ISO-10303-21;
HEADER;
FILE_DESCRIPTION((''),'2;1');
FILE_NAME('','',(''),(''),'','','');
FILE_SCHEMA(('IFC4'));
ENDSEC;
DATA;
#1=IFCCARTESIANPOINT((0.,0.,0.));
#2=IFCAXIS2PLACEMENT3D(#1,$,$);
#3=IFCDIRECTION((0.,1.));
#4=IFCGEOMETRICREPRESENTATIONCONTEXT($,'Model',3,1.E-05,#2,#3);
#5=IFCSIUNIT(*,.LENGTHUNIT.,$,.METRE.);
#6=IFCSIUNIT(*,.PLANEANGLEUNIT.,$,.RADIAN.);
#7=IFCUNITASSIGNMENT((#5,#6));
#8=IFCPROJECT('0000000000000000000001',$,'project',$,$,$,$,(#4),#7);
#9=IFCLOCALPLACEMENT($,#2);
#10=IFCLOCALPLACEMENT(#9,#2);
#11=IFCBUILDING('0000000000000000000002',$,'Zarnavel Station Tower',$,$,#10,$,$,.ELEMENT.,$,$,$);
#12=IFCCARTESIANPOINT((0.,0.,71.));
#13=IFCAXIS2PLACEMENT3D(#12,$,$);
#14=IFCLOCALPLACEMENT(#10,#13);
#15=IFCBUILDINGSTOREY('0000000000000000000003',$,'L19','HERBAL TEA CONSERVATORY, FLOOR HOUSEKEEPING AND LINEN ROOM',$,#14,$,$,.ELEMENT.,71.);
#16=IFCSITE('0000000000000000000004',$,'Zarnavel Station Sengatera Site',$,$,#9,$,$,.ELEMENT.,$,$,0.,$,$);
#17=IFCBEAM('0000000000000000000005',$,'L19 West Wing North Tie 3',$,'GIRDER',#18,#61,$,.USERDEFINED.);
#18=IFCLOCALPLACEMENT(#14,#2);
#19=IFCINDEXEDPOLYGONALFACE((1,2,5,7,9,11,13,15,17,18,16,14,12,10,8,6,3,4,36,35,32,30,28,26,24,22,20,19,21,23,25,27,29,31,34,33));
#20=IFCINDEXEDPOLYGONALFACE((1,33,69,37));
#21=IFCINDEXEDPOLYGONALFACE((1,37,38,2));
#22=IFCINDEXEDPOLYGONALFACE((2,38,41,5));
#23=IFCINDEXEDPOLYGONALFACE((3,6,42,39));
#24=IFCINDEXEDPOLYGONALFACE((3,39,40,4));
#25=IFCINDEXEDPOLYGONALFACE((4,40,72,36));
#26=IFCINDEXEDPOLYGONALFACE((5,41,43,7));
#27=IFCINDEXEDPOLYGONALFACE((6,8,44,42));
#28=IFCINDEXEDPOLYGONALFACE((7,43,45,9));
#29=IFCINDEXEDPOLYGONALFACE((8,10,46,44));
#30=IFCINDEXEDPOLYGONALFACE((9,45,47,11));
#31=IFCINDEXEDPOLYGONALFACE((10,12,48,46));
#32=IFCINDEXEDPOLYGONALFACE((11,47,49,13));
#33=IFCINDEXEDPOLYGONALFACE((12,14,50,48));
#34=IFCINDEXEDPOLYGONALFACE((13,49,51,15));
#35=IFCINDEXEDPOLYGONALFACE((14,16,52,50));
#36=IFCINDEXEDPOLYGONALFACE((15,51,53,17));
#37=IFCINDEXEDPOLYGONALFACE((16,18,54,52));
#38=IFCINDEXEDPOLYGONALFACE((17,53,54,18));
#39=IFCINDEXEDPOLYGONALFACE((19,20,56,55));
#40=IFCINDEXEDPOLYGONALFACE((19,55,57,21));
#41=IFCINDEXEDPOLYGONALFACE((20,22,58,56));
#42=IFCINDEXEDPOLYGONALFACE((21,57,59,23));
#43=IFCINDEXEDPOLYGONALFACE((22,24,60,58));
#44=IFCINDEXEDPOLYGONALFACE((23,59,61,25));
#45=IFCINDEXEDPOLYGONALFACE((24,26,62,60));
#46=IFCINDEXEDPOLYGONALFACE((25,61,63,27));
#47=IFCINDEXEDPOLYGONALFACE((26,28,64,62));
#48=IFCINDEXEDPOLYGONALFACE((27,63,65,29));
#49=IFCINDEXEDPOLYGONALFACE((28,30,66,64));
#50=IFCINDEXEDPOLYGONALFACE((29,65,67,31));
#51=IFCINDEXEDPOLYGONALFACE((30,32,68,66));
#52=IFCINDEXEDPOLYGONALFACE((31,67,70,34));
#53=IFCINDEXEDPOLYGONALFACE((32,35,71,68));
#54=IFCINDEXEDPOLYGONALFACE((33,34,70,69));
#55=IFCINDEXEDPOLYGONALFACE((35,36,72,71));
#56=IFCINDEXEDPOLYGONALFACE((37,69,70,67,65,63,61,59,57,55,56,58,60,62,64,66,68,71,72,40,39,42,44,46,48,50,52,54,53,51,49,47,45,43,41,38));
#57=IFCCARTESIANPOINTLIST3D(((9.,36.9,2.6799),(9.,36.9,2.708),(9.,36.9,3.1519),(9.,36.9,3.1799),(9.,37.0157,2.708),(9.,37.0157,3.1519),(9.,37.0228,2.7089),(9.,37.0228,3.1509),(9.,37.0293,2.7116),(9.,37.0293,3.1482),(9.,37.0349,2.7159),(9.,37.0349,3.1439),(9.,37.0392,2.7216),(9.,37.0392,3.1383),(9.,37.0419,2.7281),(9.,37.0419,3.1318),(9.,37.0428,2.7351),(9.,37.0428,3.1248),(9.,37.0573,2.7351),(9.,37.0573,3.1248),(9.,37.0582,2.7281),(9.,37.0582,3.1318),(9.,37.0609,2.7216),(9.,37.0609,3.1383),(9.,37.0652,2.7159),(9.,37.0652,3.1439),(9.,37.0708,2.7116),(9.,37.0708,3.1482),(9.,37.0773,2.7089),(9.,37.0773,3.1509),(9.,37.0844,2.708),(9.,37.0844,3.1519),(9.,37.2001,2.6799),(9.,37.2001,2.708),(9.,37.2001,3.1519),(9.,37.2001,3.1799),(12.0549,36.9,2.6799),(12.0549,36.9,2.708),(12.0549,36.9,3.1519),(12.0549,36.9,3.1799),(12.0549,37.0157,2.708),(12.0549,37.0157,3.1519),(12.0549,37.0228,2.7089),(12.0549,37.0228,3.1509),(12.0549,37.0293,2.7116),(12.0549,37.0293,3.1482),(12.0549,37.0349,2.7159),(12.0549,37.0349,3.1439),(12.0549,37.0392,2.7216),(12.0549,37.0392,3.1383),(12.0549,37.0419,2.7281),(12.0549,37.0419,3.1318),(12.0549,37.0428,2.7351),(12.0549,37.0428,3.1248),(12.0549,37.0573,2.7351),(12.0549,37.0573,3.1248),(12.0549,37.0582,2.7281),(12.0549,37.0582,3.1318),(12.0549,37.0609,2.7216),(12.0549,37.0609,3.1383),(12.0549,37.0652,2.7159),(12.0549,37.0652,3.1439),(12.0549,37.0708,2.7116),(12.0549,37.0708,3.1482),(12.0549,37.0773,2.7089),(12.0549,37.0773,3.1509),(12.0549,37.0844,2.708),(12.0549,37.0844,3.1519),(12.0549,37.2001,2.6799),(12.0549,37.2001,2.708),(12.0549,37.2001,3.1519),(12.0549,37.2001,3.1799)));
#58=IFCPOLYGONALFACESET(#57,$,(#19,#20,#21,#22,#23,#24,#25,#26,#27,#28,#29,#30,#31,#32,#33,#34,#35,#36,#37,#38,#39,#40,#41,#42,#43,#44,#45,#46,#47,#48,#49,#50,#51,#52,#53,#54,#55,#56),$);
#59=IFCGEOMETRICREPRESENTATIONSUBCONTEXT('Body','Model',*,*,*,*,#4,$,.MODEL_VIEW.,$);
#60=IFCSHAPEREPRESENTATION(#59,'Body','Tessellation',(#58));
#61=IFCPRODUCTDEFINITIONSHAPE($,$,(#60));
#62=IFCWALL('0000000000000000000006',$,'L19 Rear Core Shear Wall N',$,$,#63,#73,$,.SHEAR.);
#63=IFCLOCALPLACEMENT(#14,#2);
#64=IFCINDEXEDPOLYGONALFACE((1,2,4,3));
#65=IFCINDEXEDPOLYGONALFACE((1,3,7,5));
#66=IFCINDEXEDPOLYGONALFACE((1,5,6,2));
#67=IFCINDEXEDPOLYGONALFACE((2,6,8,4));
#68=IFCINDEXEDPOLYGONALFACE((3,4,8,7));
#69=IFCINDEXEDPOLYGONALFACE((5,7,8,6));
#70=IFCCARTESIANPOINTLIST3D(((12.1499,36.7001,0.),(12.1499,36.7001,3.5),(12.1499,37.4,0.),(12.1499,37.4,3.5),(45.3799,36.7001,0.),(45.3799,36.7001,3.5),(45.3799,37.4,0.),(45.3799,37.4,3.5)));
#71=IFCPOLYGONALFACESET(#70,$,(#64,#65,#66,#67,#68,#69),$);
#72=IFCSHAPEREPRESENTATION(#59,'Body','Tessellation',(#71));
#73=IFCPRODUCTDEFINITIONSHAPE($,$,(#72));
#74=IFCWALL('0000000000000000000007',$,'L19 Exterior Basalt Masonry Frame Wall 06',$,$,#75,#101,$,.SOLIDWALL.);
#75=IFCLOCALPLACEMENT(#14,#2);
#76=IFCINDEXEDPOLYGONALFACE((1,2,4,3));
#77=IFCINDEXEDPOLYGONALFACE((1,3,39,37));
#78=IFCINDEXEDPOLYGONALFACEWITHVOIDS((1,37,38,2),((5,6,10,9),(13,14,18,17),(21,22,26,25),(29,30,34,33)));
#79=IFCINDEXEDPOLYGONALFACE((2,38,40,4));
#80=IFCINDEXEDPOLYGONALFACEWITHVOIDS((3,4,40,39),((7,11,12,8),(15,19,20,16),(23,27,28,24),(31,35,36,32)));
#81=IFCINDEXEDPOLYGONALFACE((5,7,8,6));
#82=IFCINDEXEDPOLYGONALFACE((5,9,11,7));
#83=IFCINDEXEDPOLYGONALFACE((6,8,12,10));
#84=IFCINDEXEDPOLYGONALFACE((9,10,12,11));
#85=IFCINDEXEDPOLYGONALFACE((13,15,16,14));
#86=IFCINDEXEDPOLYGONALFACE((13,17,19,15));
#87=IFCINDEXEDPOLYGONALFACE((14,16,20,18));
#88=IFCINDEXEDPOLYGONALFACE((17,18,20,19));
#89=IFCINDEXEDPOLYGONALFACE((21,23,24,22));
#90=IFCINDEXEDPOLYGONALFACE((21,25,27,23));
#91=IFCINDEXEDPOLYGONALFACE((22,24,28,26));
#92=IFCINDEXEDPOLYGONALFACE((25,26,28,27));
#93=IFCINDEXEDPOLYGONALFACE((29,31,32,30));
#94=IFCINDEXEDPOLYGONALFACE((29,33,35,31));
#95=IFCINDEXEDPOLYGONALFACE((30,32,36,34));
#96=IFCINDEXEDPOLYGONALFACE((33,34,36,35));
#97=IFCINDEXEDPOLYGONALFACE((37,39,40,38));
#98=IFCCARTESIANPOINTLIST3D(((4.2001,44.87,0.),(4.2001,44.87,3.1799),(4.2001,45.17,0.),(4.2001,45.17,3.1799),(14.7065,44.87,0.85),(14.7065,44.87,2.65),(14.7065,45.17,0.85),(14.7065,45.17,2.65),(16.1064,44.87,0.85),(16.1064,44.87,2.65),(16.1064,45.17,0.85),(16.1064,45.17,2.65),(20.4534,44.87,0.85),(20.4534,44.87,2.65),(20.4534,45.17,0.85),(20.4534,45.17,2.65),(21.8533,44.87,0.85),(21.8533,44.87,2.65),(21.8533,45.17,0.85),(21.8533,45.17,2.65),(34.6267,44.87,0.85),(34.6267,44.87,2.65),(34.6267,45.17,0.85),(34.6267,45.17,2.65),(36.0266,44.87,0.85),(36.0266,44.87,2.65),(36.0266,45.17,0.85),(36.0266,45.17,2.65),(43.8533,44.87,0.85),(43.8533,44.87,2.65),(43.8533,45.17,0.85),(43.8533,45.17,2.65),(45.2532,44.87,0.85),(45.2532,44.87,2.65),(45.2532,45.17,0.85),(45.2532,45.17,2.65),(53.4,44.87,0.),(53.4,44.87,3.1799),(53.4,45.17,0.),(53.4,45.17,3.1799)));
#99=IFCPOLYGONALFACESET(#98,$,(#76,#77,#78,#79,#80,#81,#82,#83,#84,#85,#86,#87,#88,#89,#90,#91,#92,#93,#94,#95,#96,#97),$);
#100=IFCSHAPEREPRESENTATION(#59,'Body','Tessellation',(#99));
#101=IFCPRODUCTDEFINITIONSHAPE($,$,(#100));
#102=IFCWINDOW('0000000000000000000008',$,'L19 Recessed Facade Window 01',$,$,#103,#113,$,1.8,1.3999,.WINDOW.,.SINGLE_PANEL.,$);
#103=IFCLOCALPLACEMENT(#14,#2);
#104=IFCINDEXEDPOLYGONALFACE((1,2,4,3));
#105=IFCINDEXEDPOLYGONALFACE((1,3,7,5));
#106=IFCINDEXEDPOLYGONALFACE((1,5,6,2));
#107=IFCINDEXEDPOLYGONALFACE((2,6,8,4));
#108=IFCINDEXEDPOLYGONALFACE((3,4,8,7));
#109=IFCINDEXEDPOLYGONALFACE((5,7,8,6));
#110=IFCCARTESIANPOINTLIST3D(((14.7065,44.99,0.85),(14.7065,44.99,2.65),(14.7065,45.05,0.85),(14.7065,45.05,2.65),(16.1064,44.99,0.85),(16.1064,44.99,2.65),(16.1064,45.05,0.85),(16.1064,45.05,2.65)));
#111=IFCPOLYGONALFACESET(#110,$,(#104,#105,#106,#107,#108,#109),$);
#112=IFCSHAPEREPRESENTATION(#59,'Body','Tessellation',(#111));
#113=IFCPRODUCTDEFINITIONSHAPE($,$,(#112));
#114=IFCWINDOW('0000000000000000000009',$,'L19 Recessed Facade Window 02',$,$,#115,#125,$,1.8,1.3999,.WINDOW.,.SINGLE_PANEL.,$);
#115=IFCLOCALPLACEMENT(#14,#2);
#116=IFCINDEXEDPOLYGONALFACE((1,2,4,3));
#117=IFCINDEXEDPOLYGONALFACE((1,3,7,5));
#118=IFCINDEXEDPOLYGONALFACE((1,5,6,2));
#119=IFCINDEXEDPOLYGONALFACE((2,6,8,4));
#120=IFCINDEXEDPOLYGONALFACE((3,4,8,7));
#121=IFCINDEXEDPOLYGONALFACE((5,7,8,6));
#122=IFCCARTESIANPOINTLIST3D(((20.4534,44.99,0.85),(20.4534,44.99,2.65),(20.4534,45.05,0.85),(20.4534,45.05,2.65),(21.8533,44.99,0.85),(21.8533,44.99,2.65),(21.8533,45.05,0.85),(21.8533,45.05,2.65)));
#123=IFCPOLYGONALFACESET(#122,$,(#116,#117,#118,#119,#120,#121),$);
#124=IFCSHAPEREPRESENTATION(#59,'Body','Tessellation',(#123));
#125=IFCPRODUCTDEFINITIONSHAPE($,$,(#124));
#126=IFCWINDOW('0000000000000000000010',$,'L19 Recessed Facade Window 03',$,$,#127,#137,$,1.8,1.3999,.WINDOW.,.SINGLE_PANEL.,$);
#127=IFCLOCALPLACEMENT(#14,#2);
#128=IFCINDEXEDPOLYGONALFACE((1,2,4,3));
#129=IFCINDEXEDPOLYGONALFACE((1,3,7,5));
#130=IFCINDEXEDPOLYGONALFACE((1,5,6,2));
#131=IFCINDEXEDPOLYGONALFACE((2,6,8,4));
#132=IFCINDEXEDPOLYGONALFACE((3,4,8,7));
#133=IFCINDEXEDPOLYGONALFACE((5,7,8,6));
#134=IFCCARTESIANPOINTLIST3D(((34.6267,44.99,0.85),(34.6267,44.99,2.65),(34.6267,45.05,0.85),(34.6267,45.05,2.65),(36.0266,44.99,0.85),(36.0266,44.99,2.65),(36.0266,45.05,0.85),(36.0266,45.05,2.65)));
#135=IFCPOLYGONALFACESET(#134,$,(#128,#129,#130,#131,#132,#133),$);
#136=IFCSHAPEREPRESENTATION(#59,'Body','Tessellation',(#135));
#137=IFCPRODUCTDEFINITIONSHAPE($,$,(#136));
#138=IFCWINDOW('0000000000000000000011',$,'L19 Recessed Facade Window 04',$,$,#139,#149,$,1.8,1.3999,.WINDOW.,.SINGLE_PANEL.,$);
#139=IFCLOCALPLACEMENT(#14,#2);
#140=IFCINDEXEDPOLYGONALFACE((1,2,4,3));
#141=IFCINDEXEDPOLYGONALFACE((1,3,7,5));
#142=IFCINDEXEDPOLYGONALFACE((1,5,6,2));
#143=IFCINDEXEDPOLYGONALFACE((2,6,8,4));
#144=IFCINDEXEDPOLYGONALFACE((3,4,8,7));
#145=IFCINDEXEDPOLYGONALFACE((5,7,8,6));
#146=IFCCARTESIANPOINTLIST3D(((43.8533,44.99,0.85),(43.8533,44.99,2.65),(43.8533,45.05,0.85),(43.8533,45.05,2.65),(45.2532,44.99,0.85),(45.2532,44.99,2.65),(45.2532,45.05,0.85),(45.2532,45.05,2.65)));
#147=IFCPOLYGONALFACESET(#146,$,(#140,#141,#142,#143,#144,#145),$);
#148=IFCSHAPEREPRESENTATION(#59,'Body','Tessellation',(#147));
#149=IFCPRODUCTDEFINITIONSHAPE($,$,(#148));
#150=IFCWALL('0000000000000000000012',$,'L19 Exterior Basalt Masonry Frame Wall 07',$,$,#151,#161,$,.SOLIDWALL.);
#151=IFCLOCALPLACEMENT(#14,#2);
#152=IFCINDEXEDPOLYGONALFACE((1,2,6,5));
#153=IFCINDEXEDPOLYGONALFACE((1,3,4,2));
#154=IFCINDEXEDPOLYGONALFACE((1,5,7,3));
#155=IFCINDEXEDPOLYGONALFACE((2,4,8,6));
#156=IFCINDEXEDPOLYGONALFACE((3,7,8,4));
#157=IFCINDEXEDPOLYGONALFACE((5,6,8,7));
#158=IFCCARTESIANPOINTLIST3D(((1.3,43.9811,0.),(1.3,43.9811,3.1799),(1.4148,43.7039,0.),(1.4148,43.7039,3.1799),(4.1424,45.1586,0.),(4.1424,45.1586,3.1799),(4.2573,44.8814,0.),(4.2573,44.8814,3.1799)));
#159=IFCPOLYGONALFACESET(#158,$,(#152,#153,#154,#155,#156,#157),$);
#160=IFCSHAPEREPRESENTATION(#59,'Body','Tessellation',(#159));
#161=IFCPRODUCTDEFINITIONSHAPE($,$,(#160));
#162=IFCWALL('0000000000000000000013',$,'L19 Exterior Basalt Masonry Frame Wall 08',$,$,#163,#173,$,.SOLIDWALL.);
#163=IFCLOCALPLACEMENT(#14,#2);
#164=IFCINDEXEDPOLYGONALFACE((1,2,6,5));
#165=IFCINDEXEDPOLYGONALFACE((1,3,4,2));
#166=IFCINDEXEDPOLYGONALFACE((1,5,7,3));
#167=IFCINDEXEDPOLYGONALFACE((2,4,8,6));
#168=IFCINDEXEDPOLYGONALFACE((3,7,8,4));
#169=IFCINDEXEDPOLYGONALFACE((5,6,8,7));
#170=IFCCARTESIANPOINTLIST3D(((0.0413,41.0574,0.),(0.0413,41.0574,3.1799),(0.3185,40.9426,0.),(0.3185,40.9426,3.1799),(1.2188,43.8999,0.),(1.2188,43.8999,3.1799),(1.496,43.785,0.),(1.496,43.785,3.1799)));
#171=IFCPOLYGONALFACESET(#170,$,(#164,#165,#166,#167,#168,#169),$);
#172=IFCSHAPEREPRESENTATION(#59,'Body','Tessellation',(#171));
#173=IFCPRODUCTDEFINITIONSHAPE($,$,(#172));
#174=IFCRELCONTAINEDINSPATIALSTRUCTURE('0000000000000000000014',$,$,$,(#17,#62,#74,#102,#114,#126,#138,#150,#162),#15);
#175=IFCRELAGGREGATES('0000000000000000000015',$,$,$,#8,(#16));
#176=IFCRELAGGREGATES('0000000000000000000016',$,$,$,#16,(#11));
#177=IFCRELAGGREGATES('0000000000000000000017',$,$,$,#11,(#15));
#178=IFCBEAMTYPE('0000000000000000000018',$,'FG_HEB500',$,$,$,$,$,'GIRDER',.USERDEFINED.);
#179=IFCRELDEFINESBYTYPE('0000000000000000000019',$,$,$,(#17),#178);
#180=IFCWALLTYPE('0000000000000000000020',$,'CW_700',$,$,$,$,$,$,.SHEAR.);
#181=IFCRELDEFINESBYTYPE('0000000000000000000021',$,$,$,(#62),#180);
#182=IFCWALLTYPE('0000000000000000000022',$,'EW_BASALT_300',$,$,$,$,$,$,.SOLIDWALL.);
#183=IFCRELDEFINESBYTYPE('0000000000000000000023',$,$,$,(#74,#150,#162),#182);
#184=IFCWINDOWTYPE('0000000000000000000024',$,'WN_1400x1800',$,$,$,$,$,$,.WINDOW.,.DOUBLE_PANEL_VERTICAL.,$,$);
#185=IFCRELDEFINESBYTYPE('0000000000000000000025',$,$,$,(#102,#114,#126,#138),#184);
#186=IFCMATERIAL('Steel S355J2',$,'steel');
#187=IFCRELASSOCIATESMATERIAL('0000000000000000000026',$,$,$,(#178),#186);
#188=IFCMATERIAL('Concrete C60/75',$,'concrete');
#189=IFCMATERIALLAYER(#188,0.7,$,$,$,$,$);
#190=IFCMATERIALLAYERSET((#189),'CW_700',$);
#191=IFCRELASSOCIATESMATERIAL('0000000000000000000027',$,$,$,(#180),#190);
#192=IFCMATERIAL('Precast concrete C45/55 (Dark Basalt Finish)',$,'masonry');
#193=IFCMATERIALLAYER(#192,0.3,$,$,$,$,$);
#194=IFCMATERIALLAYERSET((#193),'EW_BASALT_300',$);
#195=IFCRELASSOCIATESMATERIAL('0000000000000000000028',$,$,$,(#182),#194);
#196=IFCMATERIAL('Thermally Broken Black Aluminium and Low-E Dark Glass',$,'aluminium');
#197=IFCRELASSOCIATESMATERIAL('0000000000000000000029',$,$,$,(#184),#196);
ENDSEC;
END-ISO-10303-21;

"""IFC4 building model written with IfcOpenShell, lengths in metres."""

from ifc_helpers import new_model, si_unit, direction, frame, frame_2d, origin, origin_2d, place, context, subcontext, project, spatial, rectangle, i_section, extrude, material, layer, layer_set, material_profile, profile_set, type_object, element, fill, save


model = new_model("IFC4")

# Units and contexts
model_context = context("Model", 3, precision=1e-05, world=origin(), true_north=direction((0.0, 1.0)))
body_context = subcontext(model_context, "Body", "Model", "MODEL_VIEW")
ifc_project = project(units=[si_unit("LENGTHUNIT", "METRE"), si_unit("PLANEANGLEUNIT", "RADIAN")], contexts=[model_context])

# Site, building, storey
site_placement = place(None, origin())
site = spatial("IfcSite", under=ifc_project, at=site_placement, Name="Zarnavel Station Sengatera Site", CompositionType="ELEMENT", RefElevation=0.0)
building_placement = place(site_placement, origin())
building = spatial("IfcBuilding", under=site, at=building_placement, Name="Zarnavel Station Tower", CompositionType="ELEMENT")
storey_placement = place(building_placement, frame((0.0, 0.0, 71.0)))
storey = spatial("IfcBuildingStorey", under=building, at=storey_placement, Name="L19", Description="HERBAL TEA CONSERVATORY, FLOOR HOUSEKEEPING AND LINEN ROOM", CompositionType="ELEMENT", Elevation=71.0)

# Beam
ifc_material_1 = material(Name="Steel S355J2", Category="steel")
ifc_material_profile_1 = material_profile(ifc_material_1, i_section(OverallWidth=0.3, OverallDepth=0.5, WebThickness=0.0144, FlangeThickness=0.0281, FilletRadius=0.0271, at=origin_2d()), Name="HEB500")
ifc_profile_set_1 = profile_set([ifc_material_profile_1], Name="Steel S355J2")
beam_type = type_object("IfcBeamType", Name="FG_HEB500", ElementType="GIRDER", PredefinedType="USERDEFINED", material=ifc_profile_set_1)
beam_1_placement = place(storey_placement, frame((9.0, 37.05, 2.9299), z_axis=(1.0, 0.0, 0.0), x_axis=(0.0, 1.0, 0.0)))
element("IfcBeam", 1, at=beam_1_placement, inside=storey, type_object=beam_type, Name="L19 West Wing North Tie 3", ObjectType="GIRDER", PredefinedType="USERDEFINED", context=body_context, shape_type="SweptSolid", body=[
    extrude(i_section(OverallWidth=0.3, OverallDepth=0.5, WebThickness=0.0144, FlangeThickness=0.0281, FilletRadius=0.0271, at=origin_2d()), origin(), (0.0, 0.0, 1.0), 3.0549),
])

# Wall
ifc_material_2 = material(Name="Concrete C60/75", Category="concrete")
ifc_layer_1 = layer(ifc_material_2, 0.7)
ifc_layer_set_1 = layer_set([ifc_layer_1], Name="CW_700")
wall_type_1 = type_object("IfcWallType", Name="CW_700", PredefinedType="SHEAR", material=ifc_layer_set_1)
wall_1_placement = place(storey_placement, frame((12.1499, 37.05, 0.0), z_axis=(0.0, 0.0, 1.0), x_axis=(1.0, 0.0, 0.0)))
element("IfcWall", 2, at=wall_1_placement, inside=storey, type_object=wall_type_1, Name="L19 Rear Core Shear Wall N", PredefinedType="SHEAR", context=body_context, shape_type="SweptSolid", body=[
    extrude(rectangle(XDim=33.23, YDim=0.7, at=frame_2d((16.615, 0.0))), origin(), (0.0, 0.0, 1.0), 3.5),
])

# Wall, openings, windows
ifc_material_3 = material(Name="Precast concrete C45/55 (Dark Basalt Finish)", Category="masonry")
ifc_layer_2 = layer(ifc_material_3, 0.3)
ifc_layer_set_2 = layer_set([ifc_layer_2], Name="EW_BASALT_300")
wall_type_2 = type_object("IfcWallType", Name="EW_BASALT_300", PredefinedType="SOLIDWALL", material=ifc_layer_set_2)
wall_2_placement = place(storey_placement, frame((4.2, 45.02, 0.0), z_axis=(0.0, 0.0, 1.0), x_axis=(1.0, 0.0, 0.0)))
wall_2 = element("IfcWall", 3, at=wall_2_placement, inside=storey, type_object=wall_type_2, Name="L19 Exterior Basalt Masonry Frame Wall 06", PredefinedType="SOLIDWALL", context=body_context, shape_type="SweptSolid", body=[
    extrude(rectangle(XDim=49.2, YDim=0.3, at=frame_2d((24.6001, 0.0))), origin(), (0.0, 0.0, 1.0), 3.1799),
])
opening_1_placement = place(wall_2_placement, frame((10.5066, 0.0, 0.8501)))
opening_1 = element("IfcOpeningElement", 4, at=opening_1_placement, cuts=wall_2, PredefinedType="OPENING", context=body_context, shape_type="SweptSolid", body=[
    extrude(rectangle(XDim=1.3999, YDim=1.8, at=frame_2d((0.7, 0.8999))), frame((0.0, 0.1599, 0.0), z_axis=(0.0, -1.0, 0.0), x_axis=(1.0, 0.0, 0.0)), (0.0, 0.0, 1.0), 0.3201),
])
opening_2_placement = place(wall_2_placement, frame((16.2534, 0.0, 0.8501)))
opening_2 = element("IfcOpeningElement", 5, at=opening_2_placement, cuts=wall_2, PredefinedType="OPENING", context=body_context, shape_type="SweptSolid", body=[
    extrude(rectangle(XDim=1.3999, YDim=1.8, at=frame_2d((0.7, 0.8999))), frame((0.0, 0.1599, 0.0), z_axis=(0.0, -1.0, 0.0), x_axis=(1.0, 0.0, 0.0)), (0.0, 0.0, 1.0), 0.3201),
])
opening_3_placement = place(wall_2_placement, frame((30.4268, 0.0, 0.8501)))
opening_3 = element("IfcOpeningElement", 6, at=opening_3_placement, cuts=wall_2, PredefinedType="OPENING", context=body_context, shape_type="SweptSolid", body=[
    extrude(rectangle(XDim=1.3999, YDim=1.8, at=frame_2d((0.7, 0.8999))), frame((0.0, 0.1599, 0.0), z_axis=(0.0, -1.0, 0.0), x_axis=(1.0, 0.0, 0.0)), (0.0, 0.0, 1.0), 0.3201),
])
opening_4_placement = place(wall_2_placement, frame((39.6533, 0.0, 0.8501)))
opening_4 = element("IfcOpeningElement", 7, at=opening_4_placement, cuts=wall_2, PredefinedType="OPENING", context=body_context, shape_type="SweptSolid", body=[
    extrude(rectangle(XDim=1.3999, YDim=1.8, at=frame_2d((0.7, 0.8999))), frame((0.0, 0.1599, 0.0), z_axis=(0.0, -1.0, 0.0), x_axis=(1.0, 0.0, 0.0)), (0.0, 0.0, 1.0), 0.3201),
])
ifc_material_4 = material(Name="Thermally Broken Black Aluminium and Low-E Dark Glass", Category="aluminium")
window_type = type_object("IfcWindowType", Name="WN_1400x1800", PartitioningType="DOUBLE_PANEL_VERTICAL", PredefinedType="WINDOW", material=ifc_material_4)
window_1_placement = place(opening_1_placement, origin())
window_1 = element("IfcWindow", 8, at=window_1_placement, inside=storey, type_object=window_type, Name="L19 Recessed Facade Window 01", OverallHeight=1.8, OverallWidth=1.3999, PartitioningType="SINGLE_PANEL", PredefinedType="WINDOW", context=body_context, shape_type="SweptSolid", body=[
    extrude(rectangle(XDim=1.3999, YDim=1.8, at=frame_2d((0.7, 0.8999))), frame((0.0, 0.03, 0.0), z_axis=(0.0, -1.0, 0.0), x_axis=(1.0, 0.0, 0.0)), (0.0, 0.0, 1.0), 0.0601),
])
fill(opening_1, window_1)
window_2_placement = place(opening_2_placement, origin())
window_2 = element("IfcWindow", 9, at=window_2_placement, inside=storey, type_object=window_type, Name="L19 Recessed Facade Window 02", OverallHeight=1.8, OverallWidth=1.3999, PartitioningType="SINGLE_PANEL", PredefinedType="WINDOW", context=body_context, shape_type="SweptSolid", body=[
    extrude(rectangle(XDim=1.3999, YDim=1.8, at=frame_2d((0.7, 0.8999))), frame((0.0, 0.03, 0.0), z_axis=(0.0, -1.0, 0.0), x_axis=(1.0, 0.0, 0.0)), (0.0, 0.0, 1.0), 0.0601),
])
fill(opening_2, window_2)
window_3_placement = place(opening_3_placement, origin())
window_3 = element("IfcWindow", 10, at=window_3_placement, inside=storey, type_object=window_type, Name="L19 Recessed Facade Window 03", OverallHeight=1.8, OverallWidth=1.3999, PartitioningType="SINGLE_PANEL", PredefinedType="WINDOW", context=body_context, shape_type="SweptSolid", body=[
    extrude(rectangle(XDim=1.3999, YDim=1.8, at=frame_2d((0.7, 0.8999))), frame((0.0, 0.03, 0.0), z_axis=(0.0, -1.0, 0.0), x_axis=(1.0, 0.0, 0.0)), (0.0, 0.0, 1.0), 0.0601),
])
fill(opening_3, window_3)
window_4_placement = place(opening_4_placement, origin())
window_4 = element("IfcWindow", 11, at=window_4_placement, inside=storey, type_object=window_type, Name="L19 Recessed Facade Window 04", OverallHeight=1.8, OverallWidth=1.3999, PartitioningType="SINGLE_PANEL", PredefinedType="WINDOW", context=body_context, shape_type="SweptSolid", body=[
    extrude(rectangle(XDim=1.3999, YDim=1.8, at=frame_2d((0.7, 0.8999))), frame((0.0, 0.03, 0.0), z_axis=(0.0, -1.0, 0.0), x_axis=(1.0, 0.0, 0.0)), (0.0, 0.0, 1.0), 0.0601),
])
fill(opening_4, window_4)

# Walls
for number, where, z_axis, x_axis, name in (
    (12, (1.3574, 43.8425, 0.0), (0.0, 0.0, 1.0), (0.923871, 0.382705, 0.0), "L19 Exterior Basalt Masonry Frame Wall 07"),
    (13, (0.1799, 41.0, 0.0), (0.0, 0.0, 1.0), (0.382705, 0.923871, 0.0), "L19 Exterior Basalt Masonry Frame Wall 08"),
):
    element("IfcWall", number, at=place(storey_placement, frame(where, z_axis=z_axis, x_axis=x_axis)), inside=storey, type_object=wall_type_2, Name=name, PredefinedType="SOLIDWALL", context=body_context, shape_type="SweptSolid", body=[
        extrude(rectangle(XDim=3.0767, YDim=0.3, at=frame_2d((1.5383, 0.0))), origin(), (0.0, 0.0, 1.0), 3.1799),
    ])

save(model, "model.ifc")
